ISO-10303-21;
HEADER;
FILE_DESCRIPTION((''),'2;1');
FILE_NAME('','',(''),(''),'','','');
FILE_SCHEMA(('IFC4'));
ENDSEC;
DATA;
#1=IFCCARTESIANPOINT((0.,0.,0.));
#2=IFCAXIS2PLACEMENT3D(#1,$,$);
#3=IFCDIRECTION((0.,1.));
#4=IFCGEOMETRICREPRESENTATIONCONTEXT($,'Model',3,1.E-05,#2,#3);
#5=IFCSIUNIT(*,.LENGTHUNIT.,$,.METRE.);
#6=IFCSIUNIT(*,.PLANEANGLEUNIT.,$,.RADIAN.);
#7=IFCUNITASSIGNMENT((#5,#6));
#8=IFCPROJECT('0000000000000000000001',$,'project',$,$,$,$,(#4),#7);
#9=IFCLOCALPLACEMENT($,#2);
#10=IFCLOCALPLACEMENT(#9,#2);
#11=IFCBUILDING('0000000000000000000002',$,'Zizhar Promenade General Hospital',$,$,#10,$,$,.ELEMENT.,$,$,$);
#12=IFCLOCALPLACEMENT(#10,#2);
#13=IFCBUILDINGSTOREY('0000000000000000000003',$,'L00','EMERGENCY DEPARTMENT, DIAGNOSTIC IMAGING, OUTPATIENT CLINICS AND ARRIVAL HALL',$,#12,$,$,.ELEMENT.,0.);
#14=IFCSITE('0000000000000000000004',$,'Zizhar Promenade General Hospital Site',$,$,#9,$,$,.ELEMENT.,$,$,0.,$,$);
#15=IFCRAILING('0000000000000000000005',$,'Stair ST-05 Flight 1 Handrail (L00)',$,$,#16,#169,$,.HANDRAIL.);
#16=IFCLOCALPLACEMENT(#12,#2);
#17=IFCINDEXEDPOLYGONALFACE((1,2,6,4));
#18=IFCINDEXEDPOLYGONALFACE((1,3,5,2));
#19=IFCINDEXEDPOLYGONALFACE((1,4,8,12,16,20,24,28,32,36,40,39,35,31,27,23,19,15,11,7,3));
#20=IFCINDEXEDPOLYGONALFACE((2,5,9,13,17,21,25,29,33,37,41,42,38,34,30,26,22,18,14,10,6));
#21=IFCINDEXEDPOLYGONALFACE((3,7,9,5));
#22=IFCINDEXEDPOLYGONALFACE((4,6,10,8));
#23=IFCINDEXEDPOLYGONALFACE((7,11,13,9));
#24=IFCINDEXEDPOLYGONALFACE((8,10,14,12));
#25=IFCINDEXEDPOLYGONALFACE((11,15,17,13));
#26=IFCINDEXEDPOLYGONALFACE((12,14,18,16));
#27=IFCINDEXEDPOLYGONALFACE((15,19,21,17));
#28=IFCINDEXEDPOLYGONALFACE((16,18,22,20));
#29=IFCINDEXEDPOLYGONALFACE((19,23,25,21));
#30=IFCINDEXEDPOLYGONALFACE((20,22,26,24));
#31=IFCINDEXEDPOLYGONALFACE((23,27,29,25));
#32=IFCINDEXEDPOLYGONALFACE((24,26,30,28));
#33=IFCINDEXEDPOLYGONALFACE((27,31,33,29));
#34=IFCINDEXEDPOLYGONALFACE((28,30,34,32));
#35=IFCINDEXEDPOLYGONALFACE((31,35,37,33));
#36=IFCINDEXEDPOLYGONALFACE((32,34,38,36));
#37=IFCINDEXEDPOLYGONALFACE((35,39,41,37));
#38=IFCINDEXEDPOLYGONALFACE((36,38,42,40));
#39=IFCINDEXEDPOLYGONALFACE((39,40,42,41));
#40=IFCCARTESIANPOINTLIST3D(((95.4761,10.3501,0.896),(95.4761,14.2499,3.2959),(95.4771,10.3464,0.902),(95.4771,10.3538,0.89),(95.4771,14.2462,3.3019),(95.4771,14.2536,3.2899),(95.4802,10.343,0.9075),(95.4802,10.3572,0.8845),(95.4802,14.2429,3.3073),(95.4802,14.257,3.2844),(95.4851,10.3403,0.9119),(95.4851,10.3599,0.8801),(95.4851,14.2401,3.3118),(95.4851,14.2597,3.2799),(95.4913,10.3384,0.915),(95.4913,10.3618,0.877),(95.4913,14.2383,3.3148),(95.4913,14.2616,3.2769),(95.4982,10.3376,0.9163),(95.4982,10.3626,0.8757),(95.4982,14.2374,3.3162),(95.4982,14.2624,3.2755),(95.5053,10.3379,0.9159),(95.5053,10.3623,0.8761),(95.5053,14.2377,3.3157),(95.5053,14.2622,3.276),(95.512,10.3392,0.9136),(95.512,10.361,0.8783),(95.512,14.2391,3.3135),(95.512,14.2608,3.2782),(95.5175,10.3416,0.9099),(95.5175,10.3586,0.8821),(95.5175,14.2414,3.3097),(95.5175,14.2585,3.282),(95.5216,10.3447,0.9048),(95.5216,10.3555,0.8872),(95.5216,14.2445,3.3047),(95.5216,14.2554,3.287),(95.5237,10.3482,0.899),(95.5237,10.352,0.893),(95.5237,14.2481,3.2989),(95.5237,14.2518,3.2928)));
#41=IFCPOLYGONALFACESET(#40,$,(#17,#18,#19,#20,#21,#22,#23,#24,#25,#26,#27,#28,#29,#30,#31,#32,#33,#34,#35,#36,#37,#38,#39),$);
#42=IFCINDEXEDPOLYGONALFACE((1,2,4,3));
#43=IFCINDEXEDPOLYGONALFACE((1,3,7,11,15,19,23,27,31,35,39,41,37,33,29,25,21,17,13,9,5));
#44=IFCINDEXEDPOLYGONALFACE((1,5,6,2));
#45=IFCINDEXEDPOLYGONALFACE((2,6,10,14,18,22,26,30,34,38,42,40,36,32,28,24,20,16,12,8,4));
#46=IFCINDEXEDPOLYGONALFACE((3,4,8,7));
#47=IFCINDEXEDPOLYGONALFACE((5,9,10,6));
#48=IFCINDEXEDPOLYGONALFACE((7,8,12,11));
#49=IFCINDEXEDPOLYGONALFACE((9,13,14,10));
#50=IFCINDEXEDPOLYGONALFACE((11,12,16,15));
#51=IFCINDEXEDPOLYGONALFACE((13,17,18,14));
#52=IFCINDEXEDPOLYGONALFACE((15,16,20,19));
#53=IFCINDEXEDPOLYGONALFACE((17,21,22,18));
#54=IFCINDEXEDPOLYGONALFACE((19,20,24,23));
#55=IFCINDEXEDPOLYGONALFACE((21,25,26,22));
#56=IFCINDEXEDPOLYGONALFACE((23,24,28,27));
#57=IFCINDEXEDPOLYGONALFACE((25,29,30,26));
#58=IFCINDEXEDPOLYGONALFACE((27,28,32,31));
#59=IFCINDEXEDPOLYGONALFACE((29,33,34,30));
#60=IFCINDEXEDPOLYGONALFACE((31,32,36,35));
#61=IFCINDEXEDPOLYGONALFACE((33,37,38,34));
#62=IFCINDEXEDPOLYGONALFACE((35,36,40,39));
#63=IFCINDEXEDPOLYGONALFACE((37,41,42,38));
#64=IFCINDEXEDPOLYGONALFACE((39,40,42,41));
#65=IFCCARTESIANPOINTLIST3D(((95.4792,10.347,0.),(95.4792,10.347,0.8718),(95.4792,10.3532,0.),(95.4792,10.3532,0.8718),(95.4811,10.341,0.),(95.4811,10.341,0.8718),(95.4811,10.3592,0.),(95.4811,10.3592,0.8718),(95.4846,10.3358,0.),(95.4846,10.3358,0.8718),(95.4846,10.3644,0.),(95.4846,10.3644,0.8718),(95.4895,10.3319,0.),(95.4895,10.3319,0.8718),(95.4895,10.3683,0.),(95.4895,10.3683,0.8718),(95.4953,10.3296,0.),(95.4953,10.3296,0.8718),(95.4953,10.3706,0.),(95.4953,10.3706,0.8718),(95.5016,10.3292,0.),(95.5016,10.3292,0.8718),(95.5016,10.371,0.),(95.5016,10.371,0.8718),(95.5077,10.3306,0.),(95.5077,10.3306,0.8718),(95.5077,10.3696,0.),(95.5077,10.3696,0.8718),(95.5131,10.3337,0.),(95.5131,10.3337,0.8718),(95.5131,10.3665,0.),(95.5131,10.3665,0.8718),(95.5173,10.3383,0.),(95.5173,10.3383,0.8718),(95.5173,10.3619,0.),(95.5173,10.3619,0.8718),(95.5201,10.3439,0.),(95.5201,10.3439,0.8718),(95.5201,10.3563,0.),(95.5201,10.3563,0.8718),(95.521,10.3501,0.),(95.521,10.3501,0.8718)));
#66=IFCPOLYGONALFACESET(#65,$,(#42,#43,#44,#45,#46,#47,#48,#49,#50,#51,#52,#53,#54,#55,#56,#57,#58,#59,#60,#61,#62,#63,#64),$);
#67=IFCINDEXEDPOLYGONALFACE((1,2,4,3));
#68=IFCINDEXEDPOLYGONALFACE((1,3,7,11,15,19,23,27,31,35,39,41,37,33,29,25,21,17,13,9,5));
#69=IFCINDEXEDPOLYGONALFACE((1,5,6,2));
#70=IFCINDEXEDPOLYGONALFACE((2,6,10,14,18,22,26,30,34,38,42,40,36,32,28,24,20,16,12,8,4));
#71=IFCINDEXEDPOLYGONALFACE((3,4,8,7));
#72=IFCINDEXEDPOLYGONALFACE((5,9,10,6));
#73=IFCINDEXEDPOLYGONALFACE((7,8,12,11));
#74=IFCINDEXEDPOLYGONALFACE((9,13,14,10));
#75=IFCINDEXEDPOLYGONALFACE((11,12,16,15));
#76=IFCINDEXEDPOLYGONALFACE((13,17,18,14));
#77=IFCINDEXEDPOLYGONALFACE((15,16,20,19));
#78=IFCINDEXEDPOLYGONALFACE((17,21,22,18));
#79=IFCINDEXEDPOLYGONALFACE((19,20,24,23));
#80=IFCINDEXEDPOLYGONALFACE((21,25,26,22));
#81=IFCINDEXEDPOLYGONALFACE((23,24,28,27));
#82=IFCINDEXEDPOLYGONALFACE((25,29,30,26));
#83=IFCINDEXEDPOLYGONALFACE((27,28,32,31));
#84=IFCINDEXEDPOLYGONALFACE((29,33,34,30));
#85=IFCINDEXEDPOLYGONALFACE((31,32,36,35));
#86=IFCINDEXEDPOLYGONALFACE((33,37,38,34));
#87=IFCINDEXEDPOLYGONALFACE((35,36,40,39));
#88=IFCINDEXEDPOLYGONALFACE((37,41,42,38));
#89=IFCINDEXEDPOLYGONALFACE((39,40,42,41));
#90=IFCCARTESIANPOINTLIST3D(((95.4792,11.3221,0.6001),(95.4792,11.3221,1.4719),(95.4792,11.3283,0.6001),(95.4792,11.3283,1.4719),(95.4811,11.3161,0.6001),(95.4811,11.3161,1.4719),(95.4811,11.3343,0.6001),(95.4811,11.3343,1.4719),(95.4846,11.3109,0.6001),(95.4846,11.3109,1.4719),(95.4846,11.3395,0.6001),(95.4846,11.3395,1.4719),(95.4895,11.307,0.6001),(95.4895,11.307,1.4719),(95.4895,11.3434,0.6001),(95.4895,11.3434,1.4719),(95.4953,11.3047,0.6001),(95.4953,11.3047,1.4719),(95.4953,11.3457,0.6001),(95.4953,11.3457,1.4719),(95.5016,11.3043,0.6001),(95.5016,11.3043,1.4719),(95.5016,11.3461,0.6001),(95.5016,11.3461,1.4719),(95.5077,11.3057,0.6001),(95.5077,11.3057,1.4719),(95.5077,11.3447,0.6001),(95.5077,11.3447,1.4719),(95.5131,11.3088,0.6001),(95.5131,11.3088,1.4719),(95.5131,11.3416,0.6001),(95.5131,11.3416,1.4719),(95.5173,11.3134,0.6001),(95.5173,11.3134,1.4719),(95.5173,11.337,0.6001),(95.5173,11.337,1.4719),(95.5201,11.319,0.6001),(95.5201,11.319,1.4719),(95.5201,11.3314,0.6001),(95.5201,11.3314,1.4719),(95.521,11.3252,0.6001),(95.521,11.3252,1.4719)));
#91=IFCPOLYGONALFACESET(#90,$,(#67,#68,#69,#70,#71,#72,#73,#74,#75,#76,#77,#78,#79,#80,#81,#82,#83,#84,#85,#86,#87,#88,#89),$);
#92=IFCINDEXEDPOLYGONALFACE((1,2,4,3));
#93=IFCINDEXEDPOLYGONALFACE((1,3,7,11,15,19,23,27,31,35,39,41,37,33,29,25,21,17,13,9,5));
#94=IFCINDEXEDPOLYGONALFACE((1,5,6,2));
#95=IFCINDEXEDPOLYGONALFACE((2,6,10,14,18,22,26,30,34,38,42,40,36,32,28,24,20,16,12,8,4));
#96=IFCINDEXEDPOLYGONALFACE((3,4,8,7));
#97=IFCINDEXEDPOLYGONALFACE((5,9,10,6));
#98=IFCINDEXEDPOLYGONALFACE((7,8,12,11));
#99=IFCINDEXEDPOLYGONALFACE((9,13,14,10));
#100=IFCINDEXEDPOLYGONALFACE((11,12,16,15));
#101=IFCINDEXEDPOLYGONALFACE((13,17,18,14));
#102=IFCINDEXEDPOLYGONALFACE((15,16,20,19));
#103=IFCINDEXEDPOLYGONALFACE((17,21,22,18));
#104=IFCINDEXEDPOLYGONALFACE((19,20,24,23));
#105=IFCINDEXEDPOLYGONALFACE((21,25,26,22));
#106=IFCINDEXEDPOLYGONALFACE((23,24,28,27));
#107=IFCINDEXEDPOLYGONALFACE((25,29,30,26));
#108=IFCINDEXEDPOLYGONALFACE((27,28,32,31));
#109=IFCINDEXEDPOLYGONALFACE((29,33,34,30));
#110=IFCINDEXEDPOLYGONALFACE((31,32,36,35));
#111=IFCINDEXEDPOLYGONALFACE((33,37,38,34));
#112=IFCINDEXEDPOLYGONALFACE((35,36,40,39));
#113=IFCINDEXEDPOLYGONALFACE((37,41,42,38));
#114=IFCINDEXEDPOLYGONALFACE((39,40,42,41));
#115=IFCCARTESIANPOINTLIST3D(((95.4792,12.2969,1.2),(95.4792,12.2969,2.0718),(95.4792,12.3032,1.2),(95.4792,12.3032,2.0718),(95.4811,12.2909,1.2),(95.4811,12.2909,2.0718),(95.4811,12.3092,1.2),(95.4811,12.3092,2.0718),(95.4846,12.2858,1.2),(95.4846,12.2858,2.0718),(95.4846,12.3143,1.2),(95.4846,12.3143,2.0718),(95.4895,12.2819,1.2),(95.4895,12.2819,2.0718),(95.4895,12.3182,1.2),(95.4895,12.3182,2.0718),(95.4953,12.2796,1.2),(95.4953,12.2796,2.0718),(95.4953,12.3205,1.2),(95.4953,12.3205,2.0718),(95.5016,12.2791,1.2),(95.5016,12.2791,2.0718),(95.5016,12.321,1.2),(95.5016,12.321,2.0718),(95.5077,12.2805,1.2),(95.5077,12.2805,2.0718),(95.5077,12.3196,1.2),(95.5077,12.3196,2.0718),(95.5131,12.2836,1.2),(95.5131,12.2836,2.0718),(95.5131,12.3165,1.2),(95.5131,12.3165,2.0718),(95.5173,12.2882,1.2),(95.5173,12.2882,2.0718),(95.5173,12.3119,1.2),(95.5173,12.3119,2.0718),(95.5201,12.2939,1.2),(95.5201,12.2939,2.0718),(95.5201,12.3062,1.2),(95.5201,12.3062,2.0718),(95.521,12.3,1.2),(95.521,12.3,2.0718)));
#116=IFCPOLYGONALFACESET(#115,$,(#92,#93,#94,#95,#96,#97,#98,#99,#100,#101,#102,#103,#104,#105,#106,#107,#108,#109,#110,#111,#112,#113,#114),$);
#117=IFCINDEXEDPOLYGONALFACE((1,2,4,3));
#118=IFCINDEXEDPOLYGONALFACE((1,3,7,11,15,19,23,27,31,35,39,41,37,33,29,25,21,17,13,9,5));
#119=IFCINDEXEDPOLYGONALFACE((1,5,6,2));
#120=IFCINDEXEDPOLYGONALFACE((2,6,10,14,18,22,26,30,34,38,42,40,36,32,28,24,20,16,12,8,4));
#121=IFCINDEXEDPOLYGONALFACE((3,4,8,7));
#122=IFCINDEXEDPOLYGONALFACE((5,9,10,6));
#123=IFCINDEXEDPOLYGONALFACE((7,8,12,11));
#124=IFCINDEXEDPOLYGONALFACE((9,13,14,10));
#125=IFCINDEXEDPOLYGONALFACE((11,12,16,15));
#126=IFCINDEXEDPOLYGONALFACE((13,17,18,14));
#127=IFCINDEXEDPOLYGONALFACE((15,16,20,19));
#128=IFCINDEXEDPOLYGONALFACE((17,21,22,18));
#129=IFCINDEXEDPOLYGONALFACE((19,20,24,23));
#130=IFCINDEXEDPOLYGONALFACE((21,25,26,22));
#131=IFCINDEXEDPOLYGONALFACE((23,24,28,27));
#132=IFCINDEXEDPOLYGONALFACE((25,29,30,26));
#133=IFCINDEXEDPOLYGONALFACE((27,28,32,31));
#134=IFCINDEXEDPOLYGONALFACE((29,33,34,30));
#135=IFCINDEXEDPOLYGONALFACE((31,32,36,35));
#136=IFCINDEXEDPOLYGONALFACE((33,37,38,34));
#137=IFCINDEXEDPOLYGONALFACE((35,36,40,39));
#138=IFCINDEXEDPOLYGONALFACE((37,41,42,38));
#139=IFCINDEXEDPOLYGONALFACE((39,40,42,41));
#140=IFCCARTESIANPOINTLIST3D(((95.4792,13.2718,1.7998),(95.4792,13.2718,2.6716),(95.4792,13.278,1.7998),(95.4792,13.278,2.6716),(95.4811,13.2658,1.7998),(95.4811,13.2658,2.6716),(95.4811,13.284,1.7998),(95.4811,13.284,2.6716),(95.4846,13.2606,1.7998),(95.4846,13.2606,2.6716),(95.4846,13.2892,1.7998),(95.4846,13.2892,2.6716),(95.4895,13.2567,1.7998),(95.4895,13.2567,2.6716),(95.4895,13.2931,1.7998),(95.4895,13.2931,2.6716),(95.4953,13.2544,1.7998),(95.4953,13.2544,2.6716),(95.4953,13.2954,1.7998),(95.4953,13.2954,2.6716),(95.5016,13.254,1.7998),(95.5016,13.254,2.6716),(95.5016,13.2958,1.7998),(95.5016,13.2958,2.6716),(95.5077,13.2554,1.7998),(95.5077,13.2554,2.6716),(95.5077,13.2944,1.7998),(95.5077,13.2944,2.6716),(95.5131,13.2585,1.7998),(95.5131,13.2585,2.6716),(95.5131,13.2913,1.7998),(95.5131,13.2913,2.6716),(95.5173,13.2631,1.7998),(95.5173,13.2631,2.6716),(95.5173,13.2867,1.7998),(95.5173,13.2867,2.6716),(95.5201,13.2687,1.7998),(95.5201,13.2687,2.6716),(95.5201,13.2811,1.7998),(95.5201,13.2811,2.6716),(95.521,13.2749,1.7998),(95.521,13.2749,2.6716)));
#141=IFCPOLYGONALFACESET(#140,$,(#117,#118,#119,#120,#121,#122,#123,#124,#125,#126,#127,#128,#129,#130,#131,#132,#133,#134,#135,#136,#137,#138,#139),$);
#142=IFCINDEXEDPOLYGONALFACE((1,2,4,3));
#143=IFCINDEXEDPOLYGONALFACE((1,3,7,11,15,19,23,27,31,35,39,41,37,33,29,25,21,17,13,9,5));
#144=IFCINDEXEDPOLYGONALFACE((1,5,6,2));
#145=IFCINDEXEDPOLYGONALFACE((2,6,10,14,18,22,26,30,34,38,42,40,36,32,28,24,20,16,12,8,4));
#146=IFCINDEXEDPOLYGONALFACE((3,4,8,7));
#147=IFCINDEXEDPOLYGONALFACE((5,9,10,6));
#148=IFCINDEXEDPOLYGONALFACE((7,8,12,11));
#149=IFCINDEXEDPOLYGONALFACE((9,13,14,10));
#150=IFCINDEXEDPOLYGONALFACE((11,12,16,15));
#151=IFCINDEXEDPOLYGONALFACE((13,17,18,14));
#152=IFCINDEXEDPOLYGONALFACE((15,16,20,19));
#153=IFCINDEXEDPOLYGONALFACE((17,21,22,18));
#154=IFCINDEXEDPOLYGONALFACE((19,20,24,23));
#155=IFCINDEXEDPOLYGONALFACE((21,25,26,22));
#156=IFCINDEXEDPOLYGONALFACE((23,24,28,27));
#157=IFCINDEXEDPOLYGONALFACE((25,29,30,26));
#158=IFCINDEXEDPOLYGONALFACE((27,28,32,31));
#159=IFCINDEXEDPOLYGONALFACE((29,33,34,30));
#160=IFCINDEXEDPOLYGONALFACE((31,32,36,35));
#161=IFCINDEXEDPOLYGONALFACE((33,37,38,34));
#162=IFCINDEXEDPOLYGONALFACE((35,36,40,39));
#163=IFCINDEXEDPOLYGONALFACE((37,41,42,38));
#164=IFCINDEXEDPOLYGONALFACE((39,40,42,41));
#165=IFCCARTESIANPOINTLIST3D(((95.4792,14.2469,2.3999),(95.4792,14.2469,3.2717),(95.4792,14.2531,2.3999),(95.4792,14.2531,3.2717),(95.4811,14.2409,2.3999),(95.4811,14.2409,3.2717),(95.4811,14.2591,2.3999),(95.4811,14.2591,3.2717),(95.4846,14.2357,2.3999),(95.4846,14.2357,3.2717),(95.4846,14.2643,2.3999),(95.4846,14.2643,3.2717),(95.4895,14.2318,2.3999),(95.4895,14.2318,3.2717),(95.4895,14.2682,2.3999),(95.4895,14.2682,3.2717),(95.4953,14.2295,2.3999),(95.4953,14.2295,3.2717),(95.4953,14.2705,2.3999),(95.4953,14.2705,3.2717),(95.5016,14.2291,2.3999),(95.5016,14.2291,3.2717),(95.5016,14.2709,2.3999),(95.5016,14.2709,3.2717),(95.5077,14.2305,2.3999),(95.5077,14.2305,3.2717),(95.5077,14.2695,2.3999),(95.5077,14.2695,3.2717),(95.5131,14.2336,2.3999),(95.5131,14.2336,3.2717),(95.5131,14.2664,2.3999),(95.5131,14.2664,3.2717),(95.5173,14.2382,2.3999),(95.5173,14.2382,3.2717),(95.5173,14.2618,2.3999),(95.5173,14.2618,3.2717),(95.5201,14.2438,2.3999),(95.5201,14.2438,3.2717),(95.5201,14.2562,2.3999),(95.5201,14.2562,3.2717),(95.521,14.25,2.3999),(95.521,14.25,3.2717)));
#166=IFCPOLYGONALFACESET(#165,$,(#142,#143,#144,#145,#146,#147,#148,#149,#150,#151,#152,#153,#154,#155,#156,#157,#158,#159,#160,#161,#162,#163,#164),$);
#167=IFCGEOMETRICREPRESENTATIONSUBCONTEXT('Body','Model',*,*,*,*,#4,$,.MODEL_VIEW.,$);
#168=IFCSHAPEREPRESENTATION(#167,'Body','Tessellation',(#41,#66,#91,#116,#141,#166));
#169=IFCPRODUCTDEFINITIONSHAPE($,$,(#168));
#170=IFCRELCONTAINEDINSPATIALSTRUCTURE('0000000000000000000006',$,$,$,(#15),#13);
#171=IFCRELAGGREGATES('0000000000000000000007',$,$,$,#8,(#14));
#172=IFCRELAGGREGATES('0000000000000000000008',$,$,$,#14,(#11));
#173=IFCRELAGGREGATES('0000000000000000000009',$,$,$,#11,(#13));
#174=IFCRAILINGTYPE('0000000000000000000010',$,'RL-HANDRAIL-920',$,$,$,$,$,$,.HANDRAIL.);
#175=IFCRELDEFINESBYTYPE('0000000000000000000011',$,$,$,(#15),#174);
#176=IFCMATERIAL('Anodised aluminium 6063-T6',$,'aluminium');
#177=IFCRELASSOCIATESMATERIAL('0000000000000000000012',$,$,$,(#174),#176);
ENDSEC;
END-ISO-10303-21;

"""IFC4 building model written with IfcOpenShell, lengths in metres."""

from ifc_helpers import new_model, si_unit, direction, frame, origin, origin_2d, place, context, subcontext, project, spatial, circle, hollow_circle, extrude, material, material_profile, profile_set, type_object, element, save


model = new_model("IFC4")

# Units and contexts
model_context = context("Model", 3, precision=1e-05, world=origin(), true_north=direction((0.0, 1.0)))
body_context = subcontext(model_context, "Body", "Model", "MODEL_VIEW")
ifc_project = project(units=[si_unit("LENGTHUNIT", "METRE"), si_unit("PLANEANGLEUNIT", "RADIAN")], contexts=[model_context])

# Site, building, storey
site_placement = place(None, origin())
site = spatial("IfcSite", under=ifc_project, at=site_placement, Name="Zizhar Promenade General Hospital Site", CompositionType="ELEMENT", RefElevation=0.0)
building_placement = place(site_placement, origin())
building = spatial("IfcBuilding", under=site, at=building_placement, Name="Zizhar Promenade General Hospital", CompositionType="ELEMENT")
storey_placement = place(building_placement, origin())
storey = spatial("IfcBuildingStorey", under=building, at=storey_placement, Name="L00", Description="EMERGENCY DEPARTMENT, DIAGNOSTIC IMAGING, OUTPATIENT CLINICS AND ARRIVAL HALL", CompositionType="ELEMENT", Elevation=0.0)

# Railing
ifc_material_1 = material(Name="Anodised aluminium 6063-T6", Category="aluminium")
ifc_material_profile_1 = material_profile(ifc_material_1, hollow_circle(Radius=0.0698, WallThickness=0.0063, at=origin_2d()))
ifc_profile_set_1 = profile_set([ifc_material_profile_1], Name="Anodised aluminium 6063-T6")
railing_type_1 = type_object("IfcRailingType", Name="RL-HANDRAIL-920", PredefinedType="HANDRAIL", material=ifc_profile_set_1)
railing_1_placement = place(storey_placement, frame((95.5, 10.3501, 0.0)))
element("IfcRailing", 1, at=railing_1_placement, inside=storey, type_object=railing_type_1, Name="Stair ST-05 Flight 1 Handrail (L00)", PredefinedType="HANDRAIL", context=body_context, shape_type="SweptSolid", body=[
    extrude(circle(Radius=0.0239, at=origin_2d()), frame((0.0, 0.0, 0.896), z_axis=(0.0, 0.851662, 0.524091), x_axis=(-1.0, 0.0, 0.0)), (0.0, 0.0, 1.0), 4.5791),
    extrude(circle(Radius=0.021, at=origin_2d()), origin(), (0.0, 0.0, 1.0), 0.8718),
    extrude(circle(Radius=0.021, at=origin_2d()), frame((0.0, 0.9751, 0.6001)), (0.0, 0.0, 1.0), 0.8718),
    extrude(circle(Radius=0.021, at=origin_2d()), frame((0.0, 1.95, 1.2)), (0.0, 0.0, 1.0), 0.8718),
    extrude(circle(Radius=0.021, at=origin_2d()), frame((0.0, 2.9248, 1.7998)), (0.0, 0.0, 1.0), 0.8718),
    extrude(circle(Radius=0.021, at=origin_2d()), frame((0.0, 3.8999, 2.3999)), (0.0, 0.0, 1.0), 0.8718),
])

save(model, "model.ifc")
